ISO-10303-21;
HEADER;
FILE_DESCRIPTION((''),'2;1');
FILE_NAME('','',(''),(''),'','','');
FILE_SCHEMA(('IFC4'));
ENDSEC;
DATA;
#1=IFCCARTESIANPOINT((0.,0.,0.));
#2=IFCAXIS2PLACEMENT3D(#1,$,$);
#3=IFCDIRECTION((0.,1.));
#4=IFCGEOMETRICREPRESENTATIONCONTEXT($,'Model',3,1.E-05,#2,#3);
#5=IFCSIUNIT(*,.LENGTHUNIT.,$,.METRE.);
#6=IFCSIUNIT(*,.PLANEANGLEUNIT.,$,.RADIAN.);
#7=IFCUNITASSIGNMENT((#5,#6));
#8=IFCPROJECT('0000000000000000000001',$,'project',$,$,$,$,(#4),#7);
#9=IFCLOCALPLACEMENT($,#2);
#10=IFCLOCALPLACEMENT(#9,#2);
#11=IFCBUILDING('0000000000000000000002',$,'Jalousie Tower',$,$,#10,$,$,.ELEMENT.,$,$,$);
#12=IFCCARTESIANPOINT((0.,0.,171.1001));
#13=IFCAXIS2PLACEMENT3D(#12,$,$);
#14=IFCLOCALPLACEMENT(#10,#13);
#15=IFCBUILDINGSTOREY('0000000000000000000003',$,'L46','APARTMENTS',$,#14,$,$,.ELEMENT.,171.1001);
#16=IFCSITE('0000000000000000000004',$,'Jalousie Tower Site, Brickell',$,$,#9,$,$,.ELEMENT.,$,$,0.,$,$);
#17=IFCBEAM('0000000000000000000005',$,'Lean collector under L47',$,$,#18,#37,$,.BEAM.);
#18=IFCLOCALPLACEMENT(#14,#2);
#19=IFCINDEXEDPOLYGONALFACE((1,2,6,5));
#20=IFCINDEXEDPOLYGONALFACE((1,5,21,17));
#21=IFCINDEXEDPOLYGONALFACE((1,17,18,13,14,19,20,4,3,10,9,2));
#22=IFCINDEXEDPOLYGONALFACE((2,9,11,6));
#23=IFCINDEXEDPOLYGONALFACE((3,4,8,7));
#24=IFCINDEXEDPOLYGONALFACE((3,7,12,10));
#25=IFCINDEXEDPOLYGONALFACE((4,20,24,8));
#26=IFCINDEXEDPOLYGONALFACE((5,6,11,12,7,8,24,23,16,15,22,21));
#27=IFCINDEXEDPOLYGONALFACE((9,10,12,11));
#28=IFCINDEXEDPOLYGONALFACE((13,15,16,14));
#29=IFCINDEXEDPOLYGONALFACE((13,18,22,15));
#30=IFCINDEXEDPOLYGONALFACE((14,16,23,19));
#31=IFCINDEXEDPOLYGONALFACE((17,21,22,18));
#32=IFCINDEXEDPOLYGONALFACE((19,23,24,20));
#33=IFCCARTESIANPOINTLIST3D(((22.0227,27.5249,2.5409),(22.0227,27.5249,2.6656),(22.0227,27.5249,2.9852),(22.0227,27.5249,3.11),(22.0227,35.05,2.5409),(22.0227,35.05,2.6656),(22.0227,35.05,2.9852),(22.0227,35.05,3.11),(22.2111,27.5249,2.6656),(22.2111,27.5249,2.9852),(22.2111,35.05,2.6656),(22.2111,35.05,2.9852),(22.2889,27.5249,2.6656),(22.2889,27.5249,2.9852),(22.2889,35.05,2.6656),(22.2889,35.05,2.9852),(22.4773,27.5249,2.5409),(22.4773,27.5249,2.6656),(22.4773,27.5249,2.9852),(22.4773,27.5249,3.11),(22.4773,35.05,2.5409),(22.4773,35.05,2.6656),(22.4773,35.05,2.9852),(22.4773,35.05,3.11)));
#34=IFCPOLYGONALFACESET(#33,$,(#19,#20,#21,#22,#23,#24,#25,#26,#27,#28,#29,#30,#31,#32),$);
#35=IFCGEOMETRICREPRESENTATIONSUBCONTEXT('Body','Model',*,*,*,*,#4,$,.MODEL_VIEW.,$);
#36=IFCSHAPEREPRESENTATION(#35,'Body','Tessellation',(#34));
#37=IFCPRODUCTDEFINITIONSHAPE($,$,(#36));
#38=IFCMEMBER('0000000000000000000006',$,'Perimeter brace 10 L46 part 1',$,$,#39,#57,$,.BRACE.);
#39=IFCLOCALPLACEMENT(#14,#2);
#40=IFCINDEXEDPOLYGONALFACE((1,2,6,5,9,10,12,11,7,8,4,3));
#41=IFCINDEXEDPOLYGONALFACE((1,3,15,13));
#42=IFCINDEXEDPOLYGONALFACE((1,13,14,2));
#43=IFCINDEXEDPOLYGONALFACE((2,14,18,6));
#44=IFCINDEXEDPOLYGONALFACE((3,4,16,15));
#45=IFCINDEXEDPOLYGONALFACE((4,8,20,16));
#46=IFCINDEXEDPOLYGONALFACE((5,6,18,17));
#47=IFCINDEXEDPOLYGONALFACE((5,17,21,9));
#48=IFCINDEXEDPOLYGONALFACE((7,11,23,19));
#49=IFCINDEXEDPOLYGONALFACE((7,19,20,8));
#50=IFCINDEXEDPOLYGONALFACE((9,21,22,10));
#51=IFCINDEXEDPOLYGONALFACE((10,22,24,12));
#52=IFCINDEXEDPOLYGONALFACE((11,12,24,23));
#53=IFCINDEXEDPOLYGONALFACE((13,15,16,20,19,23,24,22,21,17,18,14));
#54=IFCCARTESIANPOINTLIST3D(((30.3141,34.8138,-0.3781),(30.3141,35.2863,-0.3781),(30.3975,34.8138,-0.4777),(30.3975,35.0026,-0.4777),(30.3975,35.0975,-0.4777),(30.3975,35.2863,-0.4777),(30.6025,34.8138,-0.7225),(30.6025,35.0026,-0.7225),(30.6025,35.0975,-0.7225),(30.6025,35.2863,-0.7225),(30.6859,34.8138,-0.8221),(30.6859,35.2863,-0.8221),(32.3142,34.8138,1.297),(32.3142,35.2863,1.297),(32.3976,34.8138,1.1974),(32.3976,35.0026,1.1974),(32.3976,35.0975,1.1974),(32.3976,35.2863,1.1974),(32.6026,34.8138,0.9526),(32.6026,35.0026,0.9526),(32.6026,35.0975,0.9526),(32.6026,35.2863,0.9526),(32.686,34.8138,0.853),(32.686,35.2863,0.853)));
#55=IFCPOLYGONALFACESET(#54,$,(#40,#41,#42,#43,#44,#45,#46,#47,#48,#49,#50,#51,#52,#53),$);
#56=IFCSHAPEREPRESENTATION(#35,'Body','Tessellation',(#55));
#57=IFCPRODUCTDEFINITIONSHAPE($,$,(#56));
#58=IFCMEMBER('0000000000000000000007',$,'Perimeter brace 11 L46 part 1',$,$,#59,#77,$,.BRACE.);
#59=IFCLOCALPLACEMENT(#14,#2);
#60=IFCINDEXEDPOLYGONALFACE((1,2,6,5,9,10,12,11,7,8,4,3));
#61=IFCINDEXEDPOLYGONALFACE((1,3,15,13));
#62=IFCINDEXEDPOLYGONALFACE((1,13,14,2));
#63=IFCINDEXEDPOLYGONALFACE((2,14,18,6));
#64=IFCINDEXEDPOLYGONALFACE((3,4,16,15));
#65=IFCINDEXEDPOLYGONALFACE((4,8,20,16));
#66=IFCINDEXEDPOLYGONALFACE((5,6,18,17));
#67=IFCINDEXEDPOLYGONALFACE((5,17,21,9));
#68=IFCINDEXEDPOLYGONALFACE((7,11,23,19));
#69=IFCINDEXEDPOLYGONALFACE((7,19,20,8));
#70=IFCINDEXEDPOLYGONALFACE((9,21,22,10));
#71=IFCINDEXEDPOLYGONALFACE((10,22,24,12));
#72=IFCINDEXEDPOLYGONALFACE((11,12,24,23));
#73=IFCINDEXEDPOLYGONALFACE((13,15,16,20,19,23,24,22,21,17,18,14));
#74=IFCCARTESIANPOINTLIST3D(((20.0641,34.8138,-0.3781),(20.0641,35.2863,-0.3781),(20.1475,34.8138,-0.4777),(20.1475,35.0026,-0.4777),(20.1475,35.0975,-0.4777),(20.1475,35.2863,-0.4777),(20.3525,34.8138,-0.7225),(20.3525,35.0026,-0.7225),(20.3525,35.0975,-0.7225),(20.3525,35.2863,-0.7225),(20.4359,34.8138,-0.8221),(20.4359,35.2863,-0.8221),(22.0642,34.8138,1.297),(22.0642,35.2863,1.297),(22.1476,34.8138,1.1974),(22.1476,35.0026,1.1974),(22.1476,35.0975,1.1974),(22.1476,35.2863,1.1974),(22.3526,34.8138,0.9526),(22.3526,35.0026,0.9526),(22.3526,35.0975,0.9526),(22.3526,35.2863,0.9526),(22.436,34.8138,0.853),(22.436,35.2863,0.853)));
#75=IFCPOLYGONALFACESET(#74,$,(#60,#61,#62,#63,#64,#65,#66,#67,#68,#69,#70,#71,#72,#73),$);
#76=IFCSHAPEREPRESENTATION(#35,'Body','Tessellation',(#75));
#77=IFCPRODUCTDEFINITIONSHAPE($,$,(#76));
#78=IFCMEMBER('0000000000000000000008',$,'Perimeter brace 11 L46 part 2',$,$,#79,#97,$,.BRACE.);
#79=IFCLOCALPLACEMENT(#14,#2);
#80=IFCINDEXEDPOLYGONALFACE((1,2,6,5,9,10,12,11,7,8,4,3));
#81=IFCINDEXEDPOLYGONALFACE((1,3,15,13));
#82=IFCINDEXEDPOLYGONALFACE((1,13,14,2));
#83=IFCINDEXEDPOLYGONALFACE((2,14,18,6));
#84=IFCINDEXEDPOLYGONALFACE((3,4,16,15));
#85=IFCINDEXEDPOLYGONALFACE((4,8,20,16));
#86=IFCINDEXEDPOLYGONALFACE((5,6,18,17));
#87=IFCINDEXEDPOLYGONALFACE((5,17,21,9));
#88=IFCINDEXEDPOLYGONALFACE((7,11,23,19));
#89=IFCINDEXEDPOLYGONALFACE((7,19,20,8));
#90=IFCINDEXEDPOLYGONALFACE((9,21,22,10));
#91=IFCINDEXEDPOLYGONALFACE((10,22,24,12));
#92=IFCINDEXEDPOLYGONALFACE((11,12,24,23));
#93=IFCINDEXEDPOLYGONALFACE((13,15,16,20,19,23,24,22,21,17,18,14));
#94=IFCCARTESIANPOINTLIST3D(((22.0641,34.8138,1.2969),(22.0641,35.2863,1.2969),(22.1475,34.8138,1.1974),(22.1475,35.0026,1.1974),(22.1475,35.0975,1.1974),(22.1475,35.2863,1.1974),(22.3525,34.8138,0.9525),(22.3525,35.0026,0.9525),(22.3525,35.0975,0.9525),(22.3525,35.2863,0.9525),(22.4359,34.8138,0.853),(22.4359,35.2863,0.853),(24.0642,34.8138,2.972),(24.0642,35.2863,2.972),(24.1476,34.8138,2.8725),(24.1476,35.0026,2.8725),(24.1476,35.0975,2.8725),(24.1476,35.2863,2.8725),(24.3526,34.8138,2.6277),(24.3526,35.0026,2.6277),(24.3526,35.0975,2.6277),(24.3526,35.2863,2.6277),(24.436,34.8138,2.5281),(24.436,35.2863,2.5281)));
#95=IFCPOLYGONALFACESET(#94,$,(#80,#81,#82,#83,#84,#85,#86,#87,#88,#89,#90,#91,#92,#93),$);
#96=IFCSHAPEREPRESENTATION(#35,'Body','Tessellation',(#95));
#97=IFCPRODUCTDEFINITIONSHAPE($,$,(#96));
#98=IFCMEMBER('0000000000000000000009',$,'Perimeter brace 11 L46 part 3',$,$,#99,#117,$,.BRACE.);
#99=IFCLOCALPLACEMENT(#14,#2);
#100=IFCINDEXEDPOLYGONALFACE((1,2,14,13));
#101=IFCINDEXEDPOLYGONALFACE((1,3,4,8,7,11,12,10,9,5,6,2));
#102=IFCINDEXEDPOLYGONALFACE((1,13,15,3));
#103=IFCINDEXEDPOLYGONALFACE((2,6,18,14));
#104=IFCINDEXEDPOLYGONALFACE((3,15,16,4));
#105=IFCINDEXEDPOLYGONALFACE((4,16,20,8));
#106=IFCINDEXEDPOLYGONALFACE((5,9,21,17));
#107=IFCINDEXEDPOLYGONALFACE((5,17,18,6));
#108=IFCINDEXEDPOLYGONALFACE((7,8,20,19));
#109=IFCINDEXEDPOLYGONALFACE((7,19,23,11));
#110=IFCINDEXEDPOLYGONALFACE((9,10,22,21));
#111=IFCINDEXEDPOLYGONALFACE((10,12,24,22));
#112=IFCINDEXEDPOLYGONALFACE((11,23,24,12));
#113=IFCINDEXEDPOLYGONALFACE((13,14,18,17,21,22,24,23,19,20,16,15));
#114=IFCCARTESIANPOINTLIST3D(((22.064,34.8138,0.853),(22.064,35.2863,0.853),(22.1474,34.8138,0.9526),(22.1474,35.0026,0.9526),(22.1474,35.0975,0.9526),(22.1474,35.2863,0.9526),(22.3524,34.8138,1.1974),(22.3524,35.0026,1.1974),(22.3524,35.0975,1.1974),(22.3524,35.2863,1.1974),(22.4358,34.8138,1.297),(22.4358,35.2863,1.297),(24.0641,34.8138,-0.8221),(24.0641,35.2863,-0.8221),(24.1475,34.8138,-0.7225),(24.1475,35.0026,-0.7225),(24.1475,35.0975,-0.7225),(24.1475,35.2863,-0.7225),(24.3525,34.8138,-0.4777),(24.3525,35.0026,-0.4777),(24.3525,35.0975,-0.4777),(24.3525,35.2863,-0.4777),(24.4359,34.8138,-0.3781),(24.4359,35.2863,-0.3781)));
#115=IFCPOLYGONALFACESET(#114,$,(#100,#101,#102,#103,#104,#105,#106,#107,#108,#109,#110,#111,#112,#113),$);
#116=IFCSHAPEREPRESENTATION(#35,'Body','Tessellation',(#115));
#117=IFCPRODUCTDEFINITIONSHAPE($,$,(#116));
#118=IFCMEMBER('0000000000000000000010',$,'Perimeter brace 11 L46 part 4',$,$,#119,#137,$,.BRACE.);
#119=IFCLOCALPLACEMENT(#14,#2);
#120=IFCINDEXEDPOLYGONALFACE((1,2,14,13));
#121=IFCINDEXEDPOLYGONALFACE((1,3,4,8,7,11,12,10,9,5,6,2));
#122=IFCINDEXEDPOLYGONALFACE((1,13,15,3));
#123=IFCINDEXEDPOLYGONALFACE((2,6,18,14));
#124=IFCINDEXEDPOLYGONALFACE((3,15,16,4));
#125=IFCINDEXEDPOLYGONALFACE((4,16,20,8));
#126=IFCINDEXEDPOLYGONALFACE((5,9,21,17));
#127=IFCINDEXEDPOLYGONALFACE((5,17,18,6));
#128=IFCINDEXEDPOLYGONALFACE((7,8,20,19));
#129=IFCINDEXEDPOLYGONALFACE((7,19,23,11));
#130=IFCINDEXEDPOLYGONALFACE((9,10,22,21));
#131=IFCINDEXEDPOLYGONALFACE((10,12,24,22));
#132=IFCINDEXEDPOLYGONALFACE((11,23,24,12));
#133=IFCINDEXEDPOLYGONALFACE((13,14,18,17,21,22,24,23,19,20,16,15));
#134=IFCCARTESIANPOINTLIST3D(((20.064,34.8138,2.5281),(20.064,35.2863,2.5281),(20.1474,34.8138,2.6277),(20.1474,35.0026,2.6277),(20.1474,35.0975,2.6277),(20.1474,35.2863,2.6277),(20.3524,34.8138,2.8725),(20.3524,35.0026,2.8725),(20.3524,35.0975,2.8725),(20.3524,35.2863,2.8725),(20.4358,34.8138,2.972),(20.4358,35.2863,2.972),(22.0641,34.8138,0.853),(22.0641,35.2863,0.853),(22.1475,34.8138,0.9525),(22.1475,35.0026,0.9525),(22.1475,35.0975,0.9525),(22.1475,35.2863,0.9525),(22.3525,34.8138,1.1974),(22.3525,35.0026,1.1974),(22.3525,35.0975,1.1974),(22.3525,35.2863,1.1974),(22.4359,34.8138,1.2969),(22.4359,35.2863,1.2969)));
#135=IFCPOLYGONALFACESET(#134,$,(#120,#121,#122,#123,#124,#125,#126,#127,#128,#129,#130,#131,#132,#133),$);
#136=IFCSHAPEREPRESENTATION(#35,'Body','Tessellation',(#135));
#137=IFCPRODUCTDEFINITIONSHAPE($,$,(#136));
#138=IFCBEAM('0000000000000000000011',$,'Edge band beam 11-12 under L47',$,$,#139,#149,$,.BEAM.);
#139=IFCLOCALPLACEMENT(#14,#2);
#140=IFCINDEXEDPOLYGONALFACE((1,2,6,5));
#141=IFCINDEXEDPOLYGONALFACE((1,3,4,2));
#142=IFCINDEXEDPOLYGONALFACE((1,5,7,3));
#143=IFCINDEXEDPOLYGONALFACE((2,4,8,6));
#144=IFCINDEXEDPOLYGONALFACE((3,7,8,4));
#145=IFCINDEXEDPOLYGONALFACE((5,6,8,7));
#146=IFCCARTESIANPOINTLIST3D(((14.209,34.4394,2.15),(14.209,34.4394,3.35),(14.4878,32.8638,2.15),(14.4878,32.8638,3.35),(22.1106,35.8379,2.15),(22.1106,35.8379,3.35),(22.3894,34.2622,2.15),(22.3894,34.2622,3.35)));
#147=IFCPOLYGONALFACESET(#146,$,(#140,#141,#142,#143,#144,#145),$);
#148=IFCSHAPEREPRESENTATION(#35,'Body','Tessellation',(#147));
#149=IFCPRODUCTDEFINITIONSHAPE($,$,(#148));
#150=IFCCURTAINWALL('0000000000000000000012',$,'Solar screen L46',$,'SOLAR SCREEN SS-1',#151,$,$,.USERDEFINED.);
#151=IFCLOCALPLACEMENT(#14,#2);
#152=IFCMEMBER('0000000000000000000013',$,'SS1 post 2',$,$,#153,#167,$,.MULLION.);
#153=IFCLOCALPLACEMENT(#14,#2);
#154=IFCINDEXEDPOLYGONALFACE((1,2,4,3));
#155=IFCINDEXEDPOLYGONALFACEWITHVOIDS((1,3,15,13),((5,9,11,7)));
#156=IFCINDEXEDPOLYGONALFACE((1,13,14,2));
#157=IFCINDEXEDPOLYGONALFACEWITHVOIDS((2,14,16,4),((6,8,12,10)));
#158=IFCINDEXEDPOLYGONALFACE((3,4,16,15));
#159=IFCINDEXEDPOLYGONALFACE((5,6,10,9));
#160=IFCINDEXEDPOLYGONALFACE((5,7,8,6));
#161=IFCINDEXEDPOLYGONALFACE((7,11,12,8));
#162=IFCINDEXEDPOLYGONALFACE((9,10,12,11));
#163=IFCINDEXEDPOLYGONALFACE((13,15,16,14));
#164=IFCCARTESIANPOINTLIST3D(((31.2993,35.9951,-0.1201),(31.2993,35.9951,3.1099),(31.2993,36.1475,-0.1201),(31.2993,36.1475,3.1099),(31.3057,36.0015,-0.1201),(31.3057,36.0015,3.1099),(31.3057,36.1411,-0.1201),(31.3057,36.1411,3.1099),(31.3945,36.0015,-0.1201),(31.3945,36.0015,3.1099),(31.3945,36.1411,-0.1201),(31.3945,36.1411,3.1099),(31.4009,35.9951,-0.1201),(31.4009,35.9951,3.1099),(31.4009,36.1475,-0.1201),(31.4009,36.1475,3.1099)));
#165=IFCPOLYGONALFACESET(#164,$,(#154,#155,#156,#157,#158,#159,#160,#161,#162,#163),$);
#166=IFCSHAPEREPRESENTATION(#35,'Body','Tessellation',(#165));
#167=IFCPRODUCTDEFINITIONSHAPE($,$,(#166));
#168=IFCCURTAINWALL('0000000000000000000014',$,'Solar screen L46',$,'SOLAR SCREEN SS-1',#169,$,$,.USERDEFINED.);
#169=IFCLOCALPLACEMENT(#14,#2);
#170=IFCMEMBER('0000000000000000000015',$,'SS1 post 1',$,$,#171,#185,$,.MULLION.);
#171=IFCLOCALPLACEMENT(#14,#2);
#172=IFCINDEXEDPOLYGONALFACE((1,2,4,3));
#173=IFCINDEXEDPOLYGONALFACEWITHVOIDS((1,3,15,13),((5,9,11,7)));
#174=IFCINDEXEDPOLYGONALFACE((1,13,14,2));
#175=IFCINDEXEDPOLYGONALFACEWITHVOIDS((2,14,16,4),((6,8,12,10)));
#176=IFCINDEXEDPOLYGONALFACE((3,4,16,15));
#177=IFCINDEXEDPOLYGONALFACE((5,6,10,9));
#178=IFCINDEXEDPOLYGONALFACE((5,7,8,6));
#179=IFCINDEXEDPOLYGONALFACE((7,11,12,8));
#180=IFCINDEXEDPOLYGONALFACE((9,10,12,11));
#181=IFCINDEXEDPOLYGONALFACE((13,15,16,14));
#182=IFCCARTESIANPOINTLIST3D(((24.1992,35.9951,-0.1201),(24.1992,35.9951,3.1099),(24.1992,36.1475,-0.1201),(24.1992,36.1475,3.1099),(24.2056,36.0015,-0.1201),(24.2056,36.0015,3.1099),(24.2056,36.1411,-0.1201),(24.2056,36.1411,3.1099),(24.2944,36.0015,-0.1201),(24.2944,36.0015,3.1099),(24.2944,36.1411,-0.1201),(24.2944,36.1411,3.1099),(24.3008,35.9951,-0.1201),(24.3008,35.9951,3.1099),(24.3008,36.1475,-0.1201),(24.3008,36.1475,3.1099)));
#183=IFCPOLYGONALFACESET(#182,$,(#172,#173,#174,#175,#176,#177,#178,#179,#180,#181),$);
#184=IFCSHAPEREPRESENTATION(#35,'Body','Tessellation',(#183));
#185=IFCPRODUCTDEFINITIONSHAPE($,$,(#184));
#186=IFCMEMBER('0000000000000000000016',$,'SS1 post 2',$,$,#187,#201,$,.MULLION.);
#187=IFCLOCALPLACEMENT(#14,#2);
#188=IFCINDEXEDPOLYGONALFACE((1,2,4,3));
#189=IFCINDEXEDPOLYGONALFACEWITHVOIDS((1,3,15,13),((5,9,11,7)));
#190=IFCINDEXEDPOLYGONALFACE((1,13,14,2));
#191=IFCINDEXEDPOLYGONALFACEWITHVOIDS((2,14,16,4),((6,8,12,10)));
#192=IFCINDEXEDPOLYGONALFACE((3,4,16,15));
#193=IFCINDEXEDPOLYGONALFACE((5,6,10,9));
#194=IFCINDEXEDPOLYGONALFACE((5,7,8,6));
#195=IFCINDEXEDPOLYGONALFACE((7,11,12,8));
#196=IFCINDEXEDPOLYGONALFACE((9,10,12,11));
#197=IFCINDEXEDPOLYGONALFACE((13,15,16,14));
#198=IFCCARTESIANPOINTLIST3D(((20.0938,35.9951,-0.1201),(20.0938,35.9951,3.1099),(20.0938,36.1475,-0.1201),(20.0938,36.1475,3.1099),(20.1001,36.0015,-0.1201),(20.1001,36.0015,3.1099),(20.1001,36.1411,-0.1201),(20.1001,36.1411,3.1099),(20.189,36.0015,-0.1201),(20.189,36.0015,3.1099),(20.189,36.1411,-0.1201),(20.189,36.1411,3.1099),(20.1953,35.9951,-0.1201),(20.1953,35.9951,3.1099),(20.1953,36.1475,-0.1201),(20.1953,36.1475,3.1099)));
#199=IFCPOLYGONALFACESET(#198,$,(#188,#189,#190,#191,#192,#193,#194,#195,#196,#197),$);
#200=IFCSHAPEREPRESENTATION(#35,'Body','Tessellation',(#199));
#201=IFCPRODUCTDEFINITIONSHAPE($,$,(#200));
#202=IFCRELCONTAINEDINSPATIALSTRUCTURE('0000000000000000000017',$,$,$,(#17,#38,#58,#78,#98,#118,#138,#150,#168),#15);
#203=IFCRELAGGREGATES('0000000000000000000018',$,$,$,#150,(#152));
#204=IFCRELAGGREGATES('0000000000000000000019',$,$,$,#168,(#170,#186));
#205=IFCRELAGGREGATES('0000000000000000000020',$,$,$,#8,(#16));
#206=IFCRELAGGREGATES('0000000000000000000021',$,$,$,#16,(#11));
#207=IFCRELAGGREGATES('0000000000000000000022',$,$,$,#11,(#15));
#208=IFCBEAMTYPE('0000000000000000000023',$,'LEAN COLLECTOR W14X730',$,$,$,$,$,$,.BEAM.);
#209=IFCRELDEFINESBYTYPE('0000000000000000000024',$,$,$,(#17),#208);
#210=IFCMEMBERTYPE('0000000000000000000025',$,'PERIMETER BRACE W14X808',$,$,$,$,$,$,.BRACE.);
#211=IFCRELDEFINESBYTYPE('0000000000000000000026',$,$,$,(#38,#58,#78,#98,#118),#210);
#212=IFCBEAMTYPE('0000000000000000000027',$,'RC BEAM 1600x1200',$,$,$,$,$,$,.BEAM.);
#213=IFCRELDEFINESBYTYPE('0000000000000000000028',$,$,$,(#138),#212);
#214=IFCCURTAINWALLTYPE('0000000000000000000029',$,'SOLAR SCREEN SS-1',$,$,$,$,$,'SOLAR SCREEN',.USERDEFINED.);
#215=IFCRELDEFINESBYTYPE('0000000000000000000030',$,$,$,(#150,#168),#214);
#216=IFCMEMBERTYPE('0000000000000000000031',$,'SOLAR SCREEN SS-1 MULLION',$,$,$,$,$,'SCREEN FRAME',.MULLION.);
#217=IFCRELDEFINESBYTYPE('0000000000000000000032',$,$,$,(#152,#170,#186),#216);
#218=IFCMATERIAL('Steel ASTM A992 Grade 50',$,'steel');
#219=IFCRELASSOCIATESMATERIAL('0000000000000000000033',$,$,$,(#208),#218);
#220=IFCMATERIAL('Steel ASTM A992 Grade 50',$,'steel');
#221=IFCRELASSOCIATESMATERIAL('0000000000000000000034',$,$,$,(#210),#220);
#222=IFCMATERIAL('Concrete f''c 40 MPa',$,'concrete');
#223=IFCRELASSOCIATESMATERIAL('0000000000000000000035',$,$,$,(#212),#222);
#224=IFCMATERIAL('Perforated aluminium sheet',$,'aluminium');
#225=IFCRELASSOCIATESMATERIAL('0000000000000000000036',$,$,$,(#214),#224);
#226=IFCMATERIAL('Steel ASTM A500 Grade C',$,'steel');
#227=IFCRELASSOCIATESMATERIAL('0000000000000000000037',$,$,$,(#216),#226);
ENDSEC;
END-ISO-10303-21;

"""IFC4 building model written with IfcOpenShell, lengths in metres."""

from ifc_helpers import new_model, si_unit, direction, frame, origin, origin_2d, place, context, subcontext, project, spatial, rectangle, hollow_rectangle, i_section, extrude, material, material_profile, profile_set, type_object, element, aggregate, save


model = new_model("IFC4")

# Units and contexts
model_context = context("Model", 3, precision=1e-05, world=origin(), true_north=direction((0.0, 1.0)))
body_context = subcontext(model_context, "Body", "Model", "MODEL_VIEW")
ifc_project = project(units=[si_unit("LENGTHUNIT", "METRE"), si_unit("PLANEANGLEUNIT", "RADIAN")], contexts=[model_context])

# Site, building, storey
site_placement = place(None, origin())
site = spatial("IfcSite", under=ifc_project, at=site_placement, Name="Jalousie Tower Site, Brickell", CompositionType="ELEMENT", RefElevation=0.0)
building_placement = place(site_placement, origin())
building = spatial("IfcBuilding", under=site, at=building_placement, Name="Jalousie Tower", CompositionType="ELEMENT")
storey_placement = place(building_placement, frame((0.0, 0.0, 171.1001)))
storey = spatial("IfcBuildingStorey", under=building, at=storey_placement, Name="L46", Description="APARTMENTS", CompositionType="ELEMENT", Elevation=171.1001)

# Beam
ifc_material_1 = material(Name="Steel ASTM A992 Grade 50", Category="steel")
ifc_material_profile_1 = material_profile(ifc_material_1, i_section(OverallWidth=0.4546, OverallDepth=0.5691, WebThickness=0.0779, FlangeThickness=0.1248, at=origin_2d()), Name="W14X730")
ifc_profile_set_1 = profile_set([ifc_material_profile_1], Name="Steel ASTM A992 Grade 50")
beam_type_1 = type_object("IfcBeamType", Name="LEAN COLLECTOR W14X730", PredefinedType="BEAM", material=ifc_profile_set_1)
beam_1_placement = place(storey_placement, frame((22.25, 35.05, 2.8254), z_axis=(0.0, -1.0, 0.0), x_axis=(1.0, 0.0, 0.0)))
element("IfcBeam", 1, at=beam_1_placement, inside=storey, type_object=beam_type_1, Name="Lean collector under L47", PredefinedType="BEAM", context=body_context, shape_type="SweptSolid", body=[
    extrude(i_section(OverallWidth=0.4546, OverallDepth=0.5691, WebThickness=0.0779, FlangeThickness=0.1248, at=origin_2d()), origin(), (0.0, 0.0, 1.0), 7.5251),
])

# Members
ifc_material_2 = material(Name="Steel ASTM A992 Grade 50", Category="steel")
ifc_material_profile_2 = material_profile(ifc_material_2, i_section(OverallWidth=0.4724, OverallDepth=0.5791, WebThickness=0.095, FlangeThickness=0.1299, at=origin_2d()), Name="W14X808")
ifc_profile_set_2 = profile_set([ifc_material_profile_2], Name="Steel ASTM A992 Grade 50")
member_type_1 = type_object("IfcMemberType", Name="PERIMETER BRACE W14X808", PredefinedType="BRACE", material=ifc_profile_set_2)
for number, where, z_axis, x_axis, name in (
    (2, (30.5, 35.05, -0.6001), (0.766639, 0.0, 0.642079), (0.0, 1.0, 0.0), "Perimeter brace 10 L46 part 1"),
    (3, (20.25, 35.05, -0.6001), (0.766639, 0.0, 0.642079), (0.0, 1.0, 0.0), "Perimeter brace 11 L46 part 1"),
    (4, (22.25, 35.05, 1.075), (0.766639, 0.0, 0.642079), (0.0, 1.0, 0.0), "Perimeter brace 11 L46 part 2"),
    (5, (24.25, 35.05, -0.6001), (-0.766639, 0.0, 0.642079), (0.0, -1.0, 0.0), "Perimeter brace 11 L46 part 3"),
    (6, (22.25, 35.05, 1.075), (-0.766639, 0.0, 0.642079), (0.0, -1.0, 0.0), "Perimeter brace 11 L46 part 4"),
):
    element("IfcMember", number, at=place(storey_placement, frame(where, z_axis=z_axis, x_axis=x_axis)), inside=storey, type_object=member_type_1, Name=name, PredefinedType="BRACE", context=body_context, shape_type="SweptSolid", body=[
        extrude(i_section(OverallWidth=0.4724, OverallDepth=0.5791, WebThickness=0.095, FlangeThickness=0.1299, at=origin_2d()), origin(), (0.0, 0.0, 1.0), 2.6089),
    ])

# Beam
ifc_material_3 = material(Name="Concrete f'c 40 MPa", Category="concrete")
ifc_material_profile_3 = material_profile(ifc_material_3, rectangle(XDim=1.6001, YDim=1.2, at=origin_2d()), Name="RC 1600x1200")
ifc_profile_set_3 = profile_set([ifc_material_profile_3], Name="Concrete f'c 40 MPa")
beam_type_2 = type_object("IfcBeamType", Name="RC BEAM 1600x1200", PredefinedType="BEAM", material=ifc_profile_set_3)
beam_2_placement = place(storey_placement, frame((22.25, 35.05, 2.75), z_axis=(-0.984697, -0.174273, 0.0), x_axis=(0.174273, -0.984697, 0.0)))
element("IfcBeam", 7, at=beam_2_placement, inside=storey, type_object=beam_type_2, Name="Edge band beam 11-12 under L47", PredefinedType="BEAM", context=body_context, shape_type="SweptSolid", body=[
    extrude(rectangle(XDim=1.6001, YDim=1.2, at=origin_2d()), origin(), (0.0, 0.0, 1.0), 8.0244),
])

# Curtain wall, member
ifc_material_4 = material(Name="Perforated aluminium sheet", Category="aluminium")
curtain_wall_type = type_object("IfcCurtainWallType", Name="SOLAR SCREEN SS-1", ElementType="SOLAR SCREEN", PredefinedType="USERDEFINED", material=ifc_material_4)
curtain_wall_1_placement = place(storey_placement, origin())
curtain_wall_1 = element("IfcCurtainWall", 8, at=curtain_wall_1_placement, inside=storey, type_object=curtain_wall_type, Name="Solar screen L46", ObjectType="SOLAR SCREEN SS-1", PredefinedType="USERDEFINED")
ifc_material_5 = material(Name="Steel ASTM A500 Grade C", Category="steel")
ifc_material_profile_4 = material_profile(ifc_material_5, hollow_rectangle(XDim=0.1016, YDim=0.1523, WallThickness=0.0063, at=origin_2d()), Name="HSS6X4X1/4")
ifc_profile_set_4 = profile_set([ifc_material_profile_4], Name="Steel ASTM A500 Grade C")
member_type_2 = type_object("IfcMemberType", Name="SOLAR SCREEN SS-1 MULLION", ElementType="SCREEN FRAME", PredefinedType="MULLION", material=ifc_profile_set_4)
member_1_placement = place(storey_placement, frame((31.3501, 36.0713, -0.1201), z_axis=(0.0, 0.0, 1.0), x_axis=(-1.0, 0.0, 0.0)))
member_1 = element("IfcMember", 9, at=member_1_placement, type_object=member_type_2, Name="SS1 post 2", PredefinedType="MULLION", context=body_context, shape_type="SweptSolid", body=[
    extrude(hollow_rectangle(XDim=0.1016, YDim=0.1523, WallThickness=0.0063, at=origin_2d()), origin(), (0.0, 0.0, 1.0), 3.23),
])
aggregate(curtain_wall_1, [member_1])

# Curtain wall, members
curtain_wall_2_placement = place(storey_placement, origin())
curtain_wall_2 = element("IfcCurtainWall", 10, at=curtain_wall_2_placement, inside=storey, type_object=curtain_wall_type, Name="Solar screen L46", ObjectType="SOLAR SCREEN SS-1", PredefinedType="USERDEFINED")
member_2_placement = place(storey_placement, frame((24.25, 36.0713, -0.1201), z_axis=(0.0, 0.0, 1.0), x_axis=(-1.0, 0.0, 0.0)))
member_2 = element("IfcMember", 11, at=member_2_placement, type_object=member_type_2, Name="SS1 post 1", PredefinedType="MULLION", context=body_context, shape_type="SweptSolid", body=[
    extrude(hollow_rectangle(XDim=0.1016, YDim=0.1523, WallThickness=0.0063, at=origin_2d()), origin(), (0.0, 0.0, 1.0), 3.23),
])
member_3_placement = place(storey_placement, frame((20.1445, 36.0713, -0.1201), z_axis=(0.0, 0.0, 1.0), x_axis=(-1.0, 0.0, 0.0)))
member_3 = element("IfcMember", 12, at=member_3_placement, type_object=member_type_2, Name="SS1 post 2", PredefinedType="MULLION", context=body_context, shape_type="SweptSolid", body=[
    extrude(hollow_rectangle(XDim=0.1016, YDim=0.1523, WallThickness=0.0063, at=origin_2d()), origin(), (0.0, 0.0, 1.0), 3.23),
])
aggregate(curtain_wall_2, [member_2, member_3])

save(model, "model.ifc")
